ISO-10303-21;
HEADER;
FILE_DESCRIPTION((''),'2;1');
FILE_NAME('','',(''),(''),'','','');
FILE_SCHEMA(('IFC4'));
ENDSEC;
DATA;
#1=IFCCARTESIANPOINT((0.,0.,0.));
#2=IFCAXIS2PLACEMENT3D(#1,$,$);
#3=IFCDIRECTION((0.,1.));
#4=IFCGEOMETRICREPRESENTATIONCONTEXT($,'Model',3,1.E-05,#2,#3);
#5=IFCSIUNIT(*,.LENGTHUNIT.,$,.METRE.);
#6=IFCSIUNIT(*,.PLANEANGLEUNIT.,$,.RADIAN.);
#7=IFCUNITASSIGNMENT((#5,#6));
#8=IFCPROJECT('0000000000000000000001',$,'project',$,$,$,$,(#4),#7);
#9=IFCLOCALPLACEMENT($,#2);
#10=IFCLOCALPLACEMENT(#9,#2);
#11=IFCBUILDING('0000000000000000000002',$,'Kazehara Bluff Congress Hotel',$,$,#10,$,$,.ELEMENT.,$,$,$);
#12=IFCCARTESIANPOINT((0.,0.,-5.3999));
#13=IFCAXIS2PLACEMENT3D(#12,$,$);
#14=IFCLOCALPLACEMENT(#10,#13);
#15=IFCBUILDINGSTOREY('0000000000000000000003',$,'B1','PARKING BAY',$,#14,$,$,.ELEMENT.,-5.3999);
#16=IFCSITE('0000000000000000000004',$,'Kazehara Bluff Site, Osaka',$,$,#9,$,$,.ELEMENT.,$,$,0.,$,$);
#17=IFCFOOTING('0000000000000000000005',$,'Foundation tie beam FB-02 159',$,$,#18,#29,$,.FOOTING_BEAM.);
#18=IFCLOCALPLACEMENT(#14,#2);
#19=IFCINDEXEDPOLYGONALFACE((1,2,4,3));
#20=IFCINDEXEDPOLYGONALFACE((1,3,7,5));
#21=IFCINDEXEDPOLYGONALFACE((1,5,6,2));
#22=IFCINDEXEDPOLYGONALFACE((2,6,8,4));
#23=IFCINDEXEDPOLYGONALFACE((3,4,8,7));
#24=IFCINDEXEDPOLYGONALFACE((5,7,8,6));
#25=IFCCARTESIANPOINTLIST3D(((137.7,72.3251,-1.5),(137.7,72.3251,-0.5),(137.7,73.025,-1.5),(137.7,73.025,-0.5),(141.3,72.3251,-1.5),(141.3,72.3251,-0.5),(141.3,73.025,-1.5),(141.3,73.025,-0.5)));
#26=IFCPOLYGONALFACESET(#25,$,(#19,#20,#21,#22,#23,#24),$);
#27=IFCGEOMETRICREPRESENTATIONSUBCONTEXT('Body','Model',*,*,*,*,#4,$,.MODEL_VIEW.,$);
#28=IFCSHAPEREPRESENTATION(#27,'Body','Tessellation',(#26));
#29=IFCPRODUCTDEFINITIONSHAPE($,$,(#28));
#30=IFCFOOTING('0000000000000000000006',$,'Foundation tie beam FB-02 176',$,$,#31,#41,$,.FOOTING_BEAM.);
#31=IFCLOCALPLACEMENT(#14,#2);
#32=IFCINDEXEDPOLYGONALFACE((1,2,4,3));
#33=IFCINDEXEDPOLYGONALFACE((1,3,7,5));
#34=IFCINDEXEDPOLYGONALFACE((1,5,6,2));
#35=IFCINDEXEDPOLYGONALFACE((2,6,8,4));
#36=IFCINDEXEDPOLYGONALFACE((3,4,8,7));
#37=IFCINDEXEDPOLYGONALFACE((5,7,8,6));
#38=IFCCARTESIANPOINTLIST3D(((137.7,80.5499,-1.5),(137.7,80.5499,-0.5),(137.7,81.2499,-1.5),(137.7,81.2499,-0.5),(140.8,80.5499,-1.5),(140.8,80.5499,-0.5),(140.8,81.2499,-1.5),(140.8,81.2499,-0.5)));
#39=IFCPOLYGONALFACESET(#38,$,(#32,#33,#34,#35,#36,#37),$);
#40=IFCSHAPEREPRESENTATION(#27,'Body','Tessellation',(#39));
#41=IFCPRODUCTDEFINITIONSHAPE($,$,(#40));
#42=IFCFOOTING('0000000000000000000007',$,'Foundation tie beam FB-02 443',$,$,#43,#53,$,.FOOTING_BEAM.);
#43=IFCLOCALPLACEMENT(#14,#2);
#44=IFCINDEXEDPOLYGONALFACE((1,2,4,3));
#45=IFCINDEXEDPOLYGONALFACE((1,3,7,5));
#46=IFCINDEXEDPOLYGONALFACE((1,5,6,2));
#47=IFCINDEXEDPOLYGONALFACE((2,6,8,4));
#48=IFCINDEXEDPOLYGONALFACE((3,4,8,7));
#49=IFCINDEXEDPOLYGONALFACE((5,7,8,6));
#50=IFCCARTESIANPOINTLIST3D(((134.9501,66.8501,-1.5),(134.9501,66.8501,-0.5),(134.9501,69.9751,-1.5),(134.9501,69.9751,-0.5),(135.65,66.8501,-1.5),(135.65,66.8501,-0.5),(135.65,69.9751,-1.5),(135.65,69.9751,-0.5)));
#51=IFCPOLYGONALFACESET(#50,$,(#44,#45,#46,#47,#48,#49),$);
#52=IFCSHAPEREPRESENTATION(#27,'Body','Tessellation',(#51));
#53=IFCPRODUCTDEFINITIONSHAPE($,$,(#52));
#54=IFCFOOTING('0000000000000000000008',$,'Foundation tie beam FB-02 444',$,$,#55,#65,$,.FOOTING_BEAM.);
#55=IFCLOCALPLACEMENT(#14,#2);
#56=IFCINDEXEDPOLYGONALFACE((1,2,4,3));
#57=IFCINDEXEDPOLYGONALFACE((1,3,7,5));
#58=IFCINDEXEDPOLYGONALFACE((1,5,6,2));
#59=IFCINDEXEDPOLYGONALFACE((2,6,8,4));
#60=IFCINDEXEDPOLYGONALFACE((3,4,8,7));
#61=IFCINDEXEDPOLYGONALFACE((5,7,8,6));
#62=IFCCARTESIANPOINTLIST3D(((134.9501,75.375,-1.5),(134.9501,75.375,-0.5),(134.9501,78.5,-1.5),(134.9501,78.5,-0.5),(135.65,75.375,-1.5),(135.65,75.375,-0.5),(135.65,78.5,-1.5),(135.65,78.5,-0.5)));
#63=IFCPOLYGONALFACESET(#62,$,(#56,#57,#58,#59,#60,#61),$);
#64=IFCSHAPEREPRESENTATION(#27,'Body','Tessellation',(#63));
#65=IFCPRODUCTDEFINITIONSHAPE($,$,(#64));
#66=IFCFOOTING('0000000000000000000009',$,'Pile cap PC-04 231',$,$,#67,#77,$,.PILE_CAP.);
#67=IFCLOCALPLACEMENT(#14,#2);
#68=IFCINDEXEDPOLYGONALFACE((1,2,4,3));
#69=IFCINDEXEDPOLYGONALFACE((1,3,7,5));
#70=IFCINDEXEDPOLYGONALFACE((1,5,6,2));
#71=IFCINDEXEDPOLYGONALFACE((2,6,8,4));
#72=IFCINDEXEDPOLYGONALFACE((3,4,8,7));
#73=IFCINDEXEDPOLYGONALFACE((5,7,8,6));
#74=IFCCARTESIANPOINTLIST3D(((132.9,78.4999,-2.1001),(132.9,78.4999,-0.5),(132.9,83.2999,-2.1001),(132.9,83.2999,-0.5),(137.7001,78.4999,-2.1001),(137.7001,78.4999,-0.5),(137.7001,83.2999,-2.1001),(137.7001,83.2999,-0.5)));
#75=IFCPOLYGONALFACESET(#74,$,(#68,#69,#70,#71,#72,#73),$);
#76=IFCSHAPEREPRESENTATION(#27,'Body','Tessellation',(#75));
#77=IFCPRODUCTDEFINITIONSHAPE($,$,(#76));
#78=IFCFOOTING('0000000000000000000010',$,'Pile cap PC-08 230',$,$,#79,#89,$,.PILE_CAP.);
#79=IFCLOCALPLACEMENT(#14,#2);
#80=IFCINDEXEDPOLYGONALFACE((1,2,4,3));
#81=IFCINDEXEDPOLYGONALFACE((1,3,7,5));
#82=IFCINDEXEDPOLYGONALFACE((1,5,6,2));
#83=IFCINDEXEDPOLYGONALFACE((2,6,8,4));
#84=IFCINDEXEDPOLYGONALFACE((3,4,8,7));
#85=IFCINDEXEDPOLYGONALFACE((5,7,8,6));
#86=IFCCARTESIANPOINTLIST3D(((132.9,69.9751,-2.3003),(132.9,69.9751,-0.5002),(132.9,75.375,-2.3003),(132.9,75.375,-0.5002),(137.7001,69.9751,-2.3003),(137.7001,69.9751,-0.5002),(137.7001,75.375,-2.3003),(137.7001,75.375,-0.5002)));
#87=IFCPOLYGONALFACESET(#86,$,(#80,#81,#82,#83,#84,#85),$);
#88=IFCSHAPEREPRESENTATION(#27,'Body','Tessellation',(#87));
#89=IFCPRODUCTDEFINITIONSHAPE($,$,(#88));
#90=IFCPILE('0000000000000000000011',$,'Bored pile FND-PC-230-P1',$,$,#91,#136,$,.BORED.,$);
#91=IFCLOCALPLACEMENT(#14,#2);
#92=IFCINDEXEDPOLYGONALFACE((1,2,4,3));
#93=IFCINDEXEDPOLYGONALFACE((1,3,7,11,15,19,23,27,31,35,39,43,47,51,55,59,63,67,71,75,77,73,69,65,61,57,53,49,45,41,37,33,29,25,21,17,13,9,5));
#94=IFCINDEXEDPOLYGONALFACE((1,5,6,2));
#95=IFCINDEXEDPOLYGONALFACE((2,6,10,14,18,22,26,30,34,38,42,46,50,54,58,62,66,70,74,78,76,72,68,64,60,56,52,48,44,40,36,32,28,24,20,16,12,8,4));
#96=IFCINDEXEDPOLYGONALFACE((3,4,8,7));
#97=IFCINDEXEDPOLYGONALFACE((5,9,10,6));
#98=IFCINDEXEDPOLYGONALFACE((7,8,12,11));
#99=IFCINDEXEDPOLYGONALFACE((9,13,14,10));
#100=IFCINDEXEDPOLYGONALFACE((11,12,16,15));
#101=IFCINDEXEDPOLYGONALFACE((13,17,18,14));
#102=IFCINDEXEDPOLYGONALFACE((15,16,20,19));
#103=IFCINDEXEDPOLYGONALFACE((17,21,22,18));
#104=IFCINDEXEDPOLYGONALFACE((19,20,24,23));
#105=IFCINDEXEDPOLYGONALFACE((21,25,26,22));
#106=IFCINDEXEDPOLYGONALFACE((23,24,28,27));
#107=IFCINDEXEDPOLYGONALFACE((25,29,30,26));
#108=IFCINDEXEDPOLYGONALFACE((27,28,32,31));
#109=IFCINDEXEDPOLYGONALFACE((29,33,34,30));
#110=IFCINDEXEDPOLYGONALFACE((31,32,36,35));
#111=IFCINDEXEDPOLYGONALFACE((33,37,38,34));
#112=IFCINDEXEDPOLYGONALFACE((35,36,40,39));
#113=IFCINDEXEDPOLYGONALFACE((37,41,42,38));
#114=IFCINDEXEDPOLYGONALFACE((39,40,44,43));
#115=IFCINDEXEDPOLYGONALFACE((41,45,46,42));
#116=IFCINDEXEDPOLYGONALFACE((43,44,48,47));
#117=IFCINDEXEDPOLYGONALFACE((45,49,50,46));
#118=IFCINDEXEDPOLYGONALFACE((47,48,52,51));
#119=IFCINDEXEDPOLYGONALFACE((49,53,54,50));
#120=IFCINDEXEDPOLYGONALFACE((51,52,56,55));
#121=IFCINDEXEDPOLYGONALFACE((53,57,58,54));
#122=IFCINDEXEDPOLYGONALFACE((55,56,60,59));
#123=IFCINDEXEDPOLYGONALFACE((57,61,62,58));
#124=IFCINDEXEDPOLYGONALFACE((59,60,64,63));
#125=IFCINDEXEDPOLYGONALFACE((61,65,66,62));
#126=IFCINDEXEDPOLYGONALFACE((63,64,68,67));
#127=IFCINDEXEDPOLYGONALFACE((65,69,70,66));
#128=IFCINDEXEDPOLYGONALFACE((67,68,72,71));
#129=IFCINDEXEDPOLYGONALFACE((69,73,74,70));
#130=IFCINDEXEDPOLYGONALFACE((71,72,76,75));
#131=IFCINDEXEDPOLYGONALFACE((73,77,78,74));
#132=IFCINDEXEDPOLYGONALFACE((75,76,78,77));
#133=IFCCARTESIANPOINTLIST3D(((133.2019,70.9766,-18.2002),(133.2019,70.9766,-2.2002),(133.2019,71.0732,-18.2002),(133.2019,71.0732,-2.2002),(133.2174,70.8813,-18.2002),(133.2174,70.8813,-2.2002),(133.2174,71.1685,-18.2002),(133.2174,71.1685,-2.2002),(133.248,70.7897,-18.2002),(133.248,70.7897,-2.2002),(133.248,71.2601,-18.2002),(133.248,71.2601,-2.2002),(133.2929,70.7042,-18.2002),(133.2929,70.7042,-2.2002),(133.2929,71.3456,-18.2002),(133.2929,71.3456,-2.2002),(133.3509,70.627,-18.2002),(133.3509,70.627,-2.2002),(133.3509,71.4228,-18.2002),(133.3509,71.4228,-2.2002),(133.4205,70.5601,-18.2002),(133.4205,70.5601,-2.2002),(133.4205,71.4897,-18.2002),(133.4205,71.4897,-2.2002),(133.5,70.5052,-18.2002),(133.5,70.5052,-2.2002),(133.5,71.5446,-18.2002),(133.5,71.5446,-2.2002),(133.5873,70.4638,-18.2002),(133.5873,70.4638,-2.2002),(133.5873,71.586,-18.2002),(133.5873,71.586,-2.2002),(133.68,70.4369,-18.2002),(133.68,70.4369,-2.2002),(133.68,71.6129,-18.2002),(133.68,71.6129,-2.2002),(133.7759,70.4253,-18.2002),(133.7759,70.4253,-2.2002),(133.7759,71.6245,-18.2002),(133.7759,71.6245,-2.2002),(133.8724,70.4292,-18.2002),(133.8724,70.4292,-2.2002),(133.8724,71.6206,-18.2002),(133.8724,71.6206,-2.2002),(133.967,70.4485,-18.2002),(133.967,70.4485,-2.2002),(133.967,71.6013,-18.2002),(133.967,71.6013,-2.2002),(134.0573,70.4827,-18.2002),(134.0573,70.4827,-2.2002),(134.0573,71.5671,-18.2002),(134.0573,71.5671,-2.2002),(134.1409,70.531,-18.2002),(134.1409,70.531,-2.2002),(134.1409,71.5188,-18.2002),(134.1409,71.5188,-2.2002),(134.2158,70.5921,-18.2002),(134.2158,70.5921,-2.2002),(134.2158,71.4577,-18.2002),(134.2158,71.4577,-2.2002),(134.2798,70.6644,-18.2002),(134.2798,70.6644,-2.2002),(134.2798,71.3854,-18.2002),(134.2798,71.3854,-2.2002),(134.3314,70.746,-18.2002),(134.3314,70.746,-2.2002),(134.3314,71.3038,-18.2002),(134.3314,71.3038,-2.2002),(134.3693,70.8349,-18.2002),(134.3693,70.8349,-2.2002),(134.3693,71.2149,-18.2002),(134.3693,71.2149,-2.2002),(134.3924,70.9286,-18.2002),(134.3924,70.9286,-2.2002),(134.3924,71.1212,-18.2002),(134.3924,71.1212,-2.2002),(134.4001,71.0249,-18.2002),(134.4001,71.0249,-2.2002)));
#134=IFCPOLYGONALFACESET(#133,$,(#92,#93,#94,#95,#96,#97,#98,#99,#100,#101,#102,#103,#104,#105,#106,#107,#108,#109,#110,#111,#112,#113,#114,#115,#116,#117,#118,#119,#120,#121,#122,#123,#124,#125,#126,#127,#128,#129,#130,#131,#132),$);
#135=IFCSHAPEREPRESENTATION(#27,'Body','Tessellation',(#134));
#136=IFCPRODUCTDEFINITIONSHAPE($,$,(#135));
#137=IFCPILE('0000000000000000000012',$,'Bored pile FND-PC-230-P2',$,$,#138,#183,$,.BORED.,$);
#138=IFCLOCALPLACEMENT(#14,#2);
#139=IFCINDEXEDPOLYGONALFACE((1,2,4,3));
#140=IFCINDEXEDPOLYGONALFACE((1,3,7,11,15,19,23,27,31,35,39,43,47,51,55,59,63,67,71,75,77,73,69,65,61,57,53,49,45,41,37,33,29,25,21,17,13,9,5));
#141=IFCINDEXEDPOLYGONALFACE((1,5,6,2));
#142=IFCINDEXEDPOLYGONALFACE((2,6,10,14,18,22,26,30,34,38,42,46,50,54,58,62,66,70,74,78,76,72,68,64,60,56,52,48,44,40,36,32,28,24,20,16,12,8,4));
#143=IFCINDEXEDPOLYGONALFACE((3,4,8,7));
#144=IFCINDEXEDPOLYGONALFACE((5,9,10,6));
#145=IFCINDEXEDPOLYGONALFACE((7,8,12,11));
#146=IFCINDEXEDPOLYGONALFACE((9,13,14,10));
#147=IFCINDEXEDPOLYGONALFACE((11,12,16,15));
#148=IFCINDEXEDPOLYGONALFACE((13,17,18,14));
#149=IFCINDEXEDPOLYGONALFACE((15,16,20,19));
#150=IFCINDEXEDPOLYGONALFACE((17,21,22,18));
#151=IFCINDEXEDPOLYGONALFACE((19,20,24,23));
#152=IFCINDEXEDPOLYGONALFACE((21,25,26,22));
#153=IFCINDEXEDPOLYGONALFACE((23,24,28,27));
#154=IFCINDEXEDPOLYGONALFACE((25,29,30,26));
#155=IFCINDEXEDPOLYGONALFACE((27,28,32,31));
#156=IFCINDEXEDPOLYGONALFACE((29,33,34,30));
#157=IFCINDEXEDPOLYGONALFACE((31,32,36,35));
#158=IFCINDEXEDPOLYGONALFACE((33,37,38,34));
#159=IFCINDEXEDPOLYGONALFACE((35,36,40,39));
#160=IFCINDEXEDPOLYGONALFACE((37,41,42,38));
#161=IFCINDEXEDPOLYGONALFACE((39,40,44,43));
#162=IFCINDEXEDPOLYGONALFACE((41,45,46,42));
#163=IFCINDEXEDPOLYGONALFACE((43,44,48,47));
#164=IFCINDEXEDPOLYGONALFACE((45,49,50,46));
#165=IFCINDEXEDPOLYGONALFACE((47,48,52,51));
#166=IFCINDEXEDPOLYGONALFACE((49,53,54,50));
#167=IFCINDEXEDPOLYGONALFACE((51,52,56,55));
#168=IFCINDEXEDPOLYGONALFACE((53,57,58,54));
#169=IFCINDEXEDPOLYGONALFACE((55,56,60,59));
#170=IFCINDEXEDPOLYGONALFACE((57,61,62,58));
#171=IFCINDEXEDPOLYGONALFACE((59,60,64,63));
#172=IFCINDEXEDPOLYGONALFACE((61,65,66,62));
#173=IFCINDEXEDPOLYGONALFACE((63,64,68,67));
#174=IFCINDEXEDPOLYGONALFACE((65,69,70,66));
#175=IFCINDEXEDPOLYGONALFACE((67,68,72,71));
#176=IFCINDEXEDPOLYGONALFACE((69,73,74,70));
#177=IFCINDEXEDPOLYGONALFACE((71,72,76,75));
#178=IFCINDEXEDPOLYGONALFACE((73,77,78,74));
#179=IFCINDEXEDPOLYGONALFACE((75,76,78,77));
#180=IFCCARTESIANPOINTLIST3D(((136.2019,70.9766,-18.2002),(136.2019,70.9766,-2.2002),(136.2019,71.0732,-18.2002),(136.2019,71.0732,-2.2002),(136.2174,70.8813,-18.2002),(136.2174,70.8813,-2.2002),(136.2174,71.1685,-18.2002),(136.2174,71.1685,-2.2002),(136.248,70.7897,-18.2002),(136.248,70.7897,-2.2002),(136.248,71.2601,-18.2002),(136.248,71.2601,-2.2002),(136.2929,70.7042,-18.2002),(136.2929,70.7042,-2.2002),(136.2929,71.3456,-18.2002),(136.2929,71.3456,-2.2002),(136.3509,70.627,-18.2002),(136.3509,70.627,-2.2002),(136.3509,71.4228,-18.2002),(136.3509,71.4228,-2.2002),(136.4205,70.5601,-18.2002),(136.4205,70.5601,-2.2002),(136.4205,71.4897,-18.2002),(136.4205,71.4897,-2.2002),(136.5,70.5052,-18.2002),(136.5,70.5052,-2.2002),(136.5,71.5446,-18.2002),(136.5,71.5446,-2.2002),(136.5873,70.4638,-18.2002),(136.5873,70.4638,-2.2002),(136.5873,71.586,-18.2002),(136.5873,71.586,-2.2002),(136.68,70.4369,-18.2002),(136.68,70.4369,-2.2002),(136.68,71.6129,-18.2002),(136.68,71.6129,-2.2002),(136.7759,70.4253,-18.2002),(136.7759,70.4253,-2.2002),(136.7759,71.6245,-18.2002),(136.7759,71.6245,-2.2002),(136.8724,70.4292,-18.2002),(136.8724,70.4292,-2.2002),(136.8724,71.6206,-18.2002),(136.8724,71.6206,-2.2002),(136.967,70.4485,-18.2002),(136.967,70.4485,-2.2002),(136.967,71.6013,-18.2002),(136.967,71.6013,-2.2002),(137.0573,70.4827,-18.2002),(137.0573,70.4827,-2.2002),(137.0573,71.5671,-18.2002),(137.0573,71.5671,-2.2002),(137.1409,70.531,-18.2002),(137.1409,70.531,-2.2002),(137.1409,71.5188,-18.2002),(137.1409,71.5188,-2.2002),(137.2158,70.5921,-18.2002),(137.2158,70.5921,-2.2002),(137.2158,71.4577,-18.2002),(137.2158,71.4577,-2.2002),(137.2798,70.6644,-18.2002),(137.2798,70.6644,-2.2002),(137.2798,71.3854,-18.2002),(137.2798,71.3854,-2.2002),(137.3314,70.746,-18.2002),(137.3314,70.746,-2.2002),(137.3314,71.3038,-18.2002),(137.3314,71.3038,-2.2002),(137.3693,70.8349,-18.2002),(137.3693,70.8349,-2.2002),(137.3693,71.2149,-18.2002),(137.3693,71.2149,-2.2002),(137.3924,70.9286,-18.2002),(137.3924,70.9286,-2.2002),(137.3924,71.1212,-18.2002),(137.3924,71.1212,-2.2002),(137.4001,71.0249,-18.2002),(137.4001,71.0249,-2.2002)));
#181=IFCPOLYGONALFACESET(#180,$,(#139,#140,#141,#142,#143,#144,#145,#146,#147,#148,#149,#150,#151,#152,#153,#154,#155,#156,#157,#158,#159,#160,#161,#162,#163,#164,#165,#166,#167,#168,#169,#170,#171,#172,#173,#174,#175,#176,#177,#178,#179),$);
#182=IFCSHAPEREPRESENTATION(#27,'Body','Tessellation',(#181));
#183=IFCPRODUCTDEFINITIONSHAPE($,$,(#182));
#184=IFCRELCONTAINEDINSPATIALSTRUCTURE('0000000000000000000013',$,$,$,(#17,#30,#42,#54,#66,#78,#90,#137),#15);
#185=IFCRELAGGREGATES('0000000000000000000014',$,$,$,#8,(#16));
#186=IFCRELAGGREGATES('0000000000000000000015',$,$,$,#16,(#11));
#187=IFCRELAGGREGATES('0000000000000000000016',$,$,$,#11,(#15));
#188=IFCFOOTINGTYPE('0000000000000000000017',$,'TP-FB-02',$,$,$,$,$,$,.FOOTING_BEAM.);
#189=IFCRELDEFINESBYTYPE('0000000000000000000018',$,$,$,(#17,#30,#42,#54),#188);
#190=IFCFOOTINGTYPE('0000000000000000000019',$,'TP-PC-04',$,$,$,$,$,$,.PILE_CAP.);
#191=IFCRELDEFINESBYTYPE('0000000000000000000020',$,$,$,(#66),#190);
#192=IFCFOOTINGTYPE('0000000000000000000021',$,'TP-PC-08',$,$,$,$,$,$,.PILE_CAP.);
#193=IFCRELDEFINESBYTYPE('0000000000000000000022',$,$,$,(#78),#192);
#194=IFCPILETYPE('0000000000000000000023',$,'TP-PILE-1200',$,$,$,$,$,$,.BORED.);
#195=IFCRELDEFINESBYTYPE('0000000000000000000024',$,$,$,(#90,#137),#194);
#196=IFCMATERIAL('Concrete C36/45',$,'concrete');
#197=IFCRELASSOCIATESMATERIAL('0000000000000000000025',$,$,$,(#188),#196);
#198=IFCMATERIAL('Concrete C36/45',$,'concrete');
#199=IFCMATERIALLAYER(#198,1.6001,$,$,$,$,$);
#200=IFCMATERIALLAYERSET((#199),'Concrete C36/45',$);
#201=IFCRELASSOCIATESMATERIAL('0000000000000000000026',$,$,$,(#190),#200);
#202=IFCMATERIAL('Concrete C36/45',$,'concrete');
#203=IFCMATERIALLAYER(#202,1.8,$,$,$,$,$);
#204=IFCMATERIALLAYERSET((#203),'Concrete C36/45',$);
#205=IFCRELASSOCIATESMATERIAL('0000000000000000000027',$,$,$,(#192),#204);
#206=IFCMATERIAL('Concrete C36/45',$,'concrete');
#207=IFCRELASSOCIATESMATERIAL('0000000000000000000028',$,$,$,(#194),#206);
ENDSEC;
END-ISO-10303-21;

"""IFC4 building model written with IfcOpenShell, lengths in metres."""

from ifc_helpers import new_model, si_unit, direction, frame, origin, origin_2d, place, context, subcontext, project, spatial, rectangle, circle, extrude, material, layer, layer_set, material_profile, profile_set, type_object, element, save


model = new_model("IFC4")

# Units and contexts
model_context = context("Model", 3, precision=1e-05, world=origin(), true_north=direction((0.0, 1.0)))
body_context = subcontext(model_context, "Body", "Model", "MODEL_VIEW")
ifc_project = project(units=[si_unit("LENGTHUNIT", "METRE"), si_unit("PLANEANGLEUNIT", "RADIAN")], contexts=[model_context])

# Site, building, storey
site_placement = place(None, origin())
site = spatial("IfcSite", under=ifc_project, at=site_placement, Name="Kazehara Bluff Site, Osaka", CompositionType="ELEMENT", RefElevation=0.0)
building_placement = place(site_placement, origin())
building = spatial("IfcBuilding", under=site, at=building_placement, Name="Kazehara Bluff Congress Hotel", CompositionType="ELEMENT")
storey_placement = place(building_placement, frame((0.0, 0.0, -5.3999)))
storey = spatial("IfcBuildingStorey", under=building, at=storey_placement, Name="B1", Description="PARKING BAY", CompositionType="ELEMENT", Elevation=-5.3999)

# Footings
ifc_material_1 = material(Name="Concrete C36/45", Category="concrete")
ifc_material_profile_1 = material_profile(ifc_material_1, rectangle(XDim=0.7, YDim=1.0, at=origin_2d()))
ifc_profile_set_1 = profile_set([ifc_material_profile_1], Name="Concrete C36/45")
footing_type_1 = type_object("IfcFootingType", Name="TP-FB-02", PredefinedType="FOOTING_BEAM", material=ifc_profile_set_1)
footing_1_placement = place(storey_placement, frame((137.7, 72.675, -1.0), z_axis=(1.0, 0.0, 0.0), x_axis=(0.0, 1.0, 0.0)))
element("IfcFooting", 1, at=footing_1_placement, inside=storey, type_object=footing_type_1, Name="Foundation tie beam FB-02 159", PredefinedType="FOOTING_BEAM", context=body_context, shape_type="SweptSolid", body=[
    extrude(rectangle(XDim=0.7, YDim=1.0, at=origin_2d()), origin(), (0.0, 0.0, 1.0), 3.6001),
])
footing_2_placement = place(storey_placement, frame((137.7, 80.8999, -1.0), z_axis=(1.0, 0.0, 0.0), x_axis=(0.0, 1.0, 0.0)))
element("IfcFooting", 2, at=footing_2_placement, inside=storey, type_object=footing_type_1, Name="Foundation tie beam FB-02 176", PredefinedType="FOOTING_BEAM", context=body_context, shape_type="SweptSolid", body=[
    extrude(rectangle(XDim=0.7, YDim=1.0, at=origin_2d()), origin(), (0.0, 0.0, 1.0), 3.1001),
])
for number, where, z_axis, x_axis, name in (
    (3, (135.3, 66.8501, -1.0), (0.0, 1.0, 0.0), (-1.0, 0.0, 0.0), "Foundation tie beam FB-02 443"),
    (4, (135.3, 75.375, -1.0), (0.0, 1.0, 0.0), (-1.0, 0.0, 0.0), "Foundation tie beam FB-02 444"),
):
    element("IfcFooting", number, at=place(storey_placement, frame(where, z_axis=z_axis, x_axis=x_axis)), inside=storey, type_object=footing_type_1, Name=name, PredefinedType="FOOTING_BEAM", context=body_context, shape_type="SweptSolid", body=[
        extrude(rectangle(XDim=0.7, YDim=1.0, at=origin_2d()), origin(), (0.0, 0.0, 1.0), 3.125),
    ])
ifc_material_2 = material(Name="Concrete C36/45", Category="concrete")
ifc_layer_1 = layer(ifc_material_2, 1.6001)
ifc_layer_set_1 = layer_set([ifc_layer_1], Name="Concrete C36/45")
footing_type_2 = type_object("IfcFootingType", Name="TP-PC-04", PredefinedType="PILE_CAP", material=ifc_layer_set_1)
footing_3_placement = place(storey_placement, frame((135.3, 80.8999, -2.1001), z_axis=(0.0, 0.0, 1.0), x_axis=(1.0, 0.0, 0.0)))
element("IfcFooting", 5, at=footing_3_placement, inside=storey, type_object=footing_type_2, Name="Pile cap PC-04 231", PredefinedType="PILE_CAP", context=body_context, shape_type="SweptSolid", body=[
    extrude(rectangle(XDim=4.8, YDim=4.8, at=origin_2d()), origin(), (0.0, 0.0, 1.0), 1.6001),
])
ifc_material_3 = material(Name="Concrete C36/45", Category="concrete")
ifc_layer_2 = layer(ifc_material_3, 1.8)
ifc_layer_set_2 = layer_set([ifc_layer_2], Name="Concrete C36/45")
footing_type_3 = type_object("IfcFootingType", Name="TP-PC-08", PredefinedType="PILE_CAP", material=ifc_layer_set_2)
footing_4_placement = place(storey_placement, frame((135.3, 72.675, -2.3003), z_axis=(0.0, 0.0, 1.0), x_axis=(1.0, 0.0, 0.0)))
element("IfcFooting", 6, at=footing_4_placement, inside=storey, type_object=footing_type_3, Name="Pile cap PC-08 230", PredefinedType="PILE_CAP", context=body_context, shape_type="SweptSolid", body=[
    extrude(rectangle(XDim=4.8, YDim=5.3999, at=origin_2d()), origin(), (0.0, 0.0, 1.0), 1.8),
])

# Piles
ifc_material_4 = material(Name="Concrete C36/45", Category="concrete")
ifc_material_profile_2 = material_profile(ifc_material_4, circle(Radius=0.6001, at=origin_2d()))
ifc_profile_set_2 = profile_set([ifc_material_profile_2], Name="Concrete C36/45")
pile_type_1 = type_object("IfcPileType", Name="TP-PILE-1200", PredefinedType="BORED", material=ifc_profile_set_2)
for number, where, z_axis, x_axis, name in (
    (7, (133.8, 71.0249, -2.2002), (0.0, 0.0, -1.0), (1.0, 0.0, 0.0), "Bored pile FND-PC-230-P1"),
    (8, (136.8, 71.0249, -2.2002), (0.0, 0.0, -1.0), (1.0, 0.0, 0.0), "Bored pile FND-PC-230-P2"),
):
    element("IfcPile", number, at=place(storey_placement, frame(where, z_axis=z_axis, x_axis=x_axis)), inside=storey, type_object=pile_type_1, Name=name, PredefinedType="BORED", context=body_context, shape_type="SweptSolid", body=[
        extrude(circle(Radius=0.6001, at=origin_2d()), origin(), (0.0, 0.0, 1.0), 16.0),
    ])

save(model, "model.ifc")
